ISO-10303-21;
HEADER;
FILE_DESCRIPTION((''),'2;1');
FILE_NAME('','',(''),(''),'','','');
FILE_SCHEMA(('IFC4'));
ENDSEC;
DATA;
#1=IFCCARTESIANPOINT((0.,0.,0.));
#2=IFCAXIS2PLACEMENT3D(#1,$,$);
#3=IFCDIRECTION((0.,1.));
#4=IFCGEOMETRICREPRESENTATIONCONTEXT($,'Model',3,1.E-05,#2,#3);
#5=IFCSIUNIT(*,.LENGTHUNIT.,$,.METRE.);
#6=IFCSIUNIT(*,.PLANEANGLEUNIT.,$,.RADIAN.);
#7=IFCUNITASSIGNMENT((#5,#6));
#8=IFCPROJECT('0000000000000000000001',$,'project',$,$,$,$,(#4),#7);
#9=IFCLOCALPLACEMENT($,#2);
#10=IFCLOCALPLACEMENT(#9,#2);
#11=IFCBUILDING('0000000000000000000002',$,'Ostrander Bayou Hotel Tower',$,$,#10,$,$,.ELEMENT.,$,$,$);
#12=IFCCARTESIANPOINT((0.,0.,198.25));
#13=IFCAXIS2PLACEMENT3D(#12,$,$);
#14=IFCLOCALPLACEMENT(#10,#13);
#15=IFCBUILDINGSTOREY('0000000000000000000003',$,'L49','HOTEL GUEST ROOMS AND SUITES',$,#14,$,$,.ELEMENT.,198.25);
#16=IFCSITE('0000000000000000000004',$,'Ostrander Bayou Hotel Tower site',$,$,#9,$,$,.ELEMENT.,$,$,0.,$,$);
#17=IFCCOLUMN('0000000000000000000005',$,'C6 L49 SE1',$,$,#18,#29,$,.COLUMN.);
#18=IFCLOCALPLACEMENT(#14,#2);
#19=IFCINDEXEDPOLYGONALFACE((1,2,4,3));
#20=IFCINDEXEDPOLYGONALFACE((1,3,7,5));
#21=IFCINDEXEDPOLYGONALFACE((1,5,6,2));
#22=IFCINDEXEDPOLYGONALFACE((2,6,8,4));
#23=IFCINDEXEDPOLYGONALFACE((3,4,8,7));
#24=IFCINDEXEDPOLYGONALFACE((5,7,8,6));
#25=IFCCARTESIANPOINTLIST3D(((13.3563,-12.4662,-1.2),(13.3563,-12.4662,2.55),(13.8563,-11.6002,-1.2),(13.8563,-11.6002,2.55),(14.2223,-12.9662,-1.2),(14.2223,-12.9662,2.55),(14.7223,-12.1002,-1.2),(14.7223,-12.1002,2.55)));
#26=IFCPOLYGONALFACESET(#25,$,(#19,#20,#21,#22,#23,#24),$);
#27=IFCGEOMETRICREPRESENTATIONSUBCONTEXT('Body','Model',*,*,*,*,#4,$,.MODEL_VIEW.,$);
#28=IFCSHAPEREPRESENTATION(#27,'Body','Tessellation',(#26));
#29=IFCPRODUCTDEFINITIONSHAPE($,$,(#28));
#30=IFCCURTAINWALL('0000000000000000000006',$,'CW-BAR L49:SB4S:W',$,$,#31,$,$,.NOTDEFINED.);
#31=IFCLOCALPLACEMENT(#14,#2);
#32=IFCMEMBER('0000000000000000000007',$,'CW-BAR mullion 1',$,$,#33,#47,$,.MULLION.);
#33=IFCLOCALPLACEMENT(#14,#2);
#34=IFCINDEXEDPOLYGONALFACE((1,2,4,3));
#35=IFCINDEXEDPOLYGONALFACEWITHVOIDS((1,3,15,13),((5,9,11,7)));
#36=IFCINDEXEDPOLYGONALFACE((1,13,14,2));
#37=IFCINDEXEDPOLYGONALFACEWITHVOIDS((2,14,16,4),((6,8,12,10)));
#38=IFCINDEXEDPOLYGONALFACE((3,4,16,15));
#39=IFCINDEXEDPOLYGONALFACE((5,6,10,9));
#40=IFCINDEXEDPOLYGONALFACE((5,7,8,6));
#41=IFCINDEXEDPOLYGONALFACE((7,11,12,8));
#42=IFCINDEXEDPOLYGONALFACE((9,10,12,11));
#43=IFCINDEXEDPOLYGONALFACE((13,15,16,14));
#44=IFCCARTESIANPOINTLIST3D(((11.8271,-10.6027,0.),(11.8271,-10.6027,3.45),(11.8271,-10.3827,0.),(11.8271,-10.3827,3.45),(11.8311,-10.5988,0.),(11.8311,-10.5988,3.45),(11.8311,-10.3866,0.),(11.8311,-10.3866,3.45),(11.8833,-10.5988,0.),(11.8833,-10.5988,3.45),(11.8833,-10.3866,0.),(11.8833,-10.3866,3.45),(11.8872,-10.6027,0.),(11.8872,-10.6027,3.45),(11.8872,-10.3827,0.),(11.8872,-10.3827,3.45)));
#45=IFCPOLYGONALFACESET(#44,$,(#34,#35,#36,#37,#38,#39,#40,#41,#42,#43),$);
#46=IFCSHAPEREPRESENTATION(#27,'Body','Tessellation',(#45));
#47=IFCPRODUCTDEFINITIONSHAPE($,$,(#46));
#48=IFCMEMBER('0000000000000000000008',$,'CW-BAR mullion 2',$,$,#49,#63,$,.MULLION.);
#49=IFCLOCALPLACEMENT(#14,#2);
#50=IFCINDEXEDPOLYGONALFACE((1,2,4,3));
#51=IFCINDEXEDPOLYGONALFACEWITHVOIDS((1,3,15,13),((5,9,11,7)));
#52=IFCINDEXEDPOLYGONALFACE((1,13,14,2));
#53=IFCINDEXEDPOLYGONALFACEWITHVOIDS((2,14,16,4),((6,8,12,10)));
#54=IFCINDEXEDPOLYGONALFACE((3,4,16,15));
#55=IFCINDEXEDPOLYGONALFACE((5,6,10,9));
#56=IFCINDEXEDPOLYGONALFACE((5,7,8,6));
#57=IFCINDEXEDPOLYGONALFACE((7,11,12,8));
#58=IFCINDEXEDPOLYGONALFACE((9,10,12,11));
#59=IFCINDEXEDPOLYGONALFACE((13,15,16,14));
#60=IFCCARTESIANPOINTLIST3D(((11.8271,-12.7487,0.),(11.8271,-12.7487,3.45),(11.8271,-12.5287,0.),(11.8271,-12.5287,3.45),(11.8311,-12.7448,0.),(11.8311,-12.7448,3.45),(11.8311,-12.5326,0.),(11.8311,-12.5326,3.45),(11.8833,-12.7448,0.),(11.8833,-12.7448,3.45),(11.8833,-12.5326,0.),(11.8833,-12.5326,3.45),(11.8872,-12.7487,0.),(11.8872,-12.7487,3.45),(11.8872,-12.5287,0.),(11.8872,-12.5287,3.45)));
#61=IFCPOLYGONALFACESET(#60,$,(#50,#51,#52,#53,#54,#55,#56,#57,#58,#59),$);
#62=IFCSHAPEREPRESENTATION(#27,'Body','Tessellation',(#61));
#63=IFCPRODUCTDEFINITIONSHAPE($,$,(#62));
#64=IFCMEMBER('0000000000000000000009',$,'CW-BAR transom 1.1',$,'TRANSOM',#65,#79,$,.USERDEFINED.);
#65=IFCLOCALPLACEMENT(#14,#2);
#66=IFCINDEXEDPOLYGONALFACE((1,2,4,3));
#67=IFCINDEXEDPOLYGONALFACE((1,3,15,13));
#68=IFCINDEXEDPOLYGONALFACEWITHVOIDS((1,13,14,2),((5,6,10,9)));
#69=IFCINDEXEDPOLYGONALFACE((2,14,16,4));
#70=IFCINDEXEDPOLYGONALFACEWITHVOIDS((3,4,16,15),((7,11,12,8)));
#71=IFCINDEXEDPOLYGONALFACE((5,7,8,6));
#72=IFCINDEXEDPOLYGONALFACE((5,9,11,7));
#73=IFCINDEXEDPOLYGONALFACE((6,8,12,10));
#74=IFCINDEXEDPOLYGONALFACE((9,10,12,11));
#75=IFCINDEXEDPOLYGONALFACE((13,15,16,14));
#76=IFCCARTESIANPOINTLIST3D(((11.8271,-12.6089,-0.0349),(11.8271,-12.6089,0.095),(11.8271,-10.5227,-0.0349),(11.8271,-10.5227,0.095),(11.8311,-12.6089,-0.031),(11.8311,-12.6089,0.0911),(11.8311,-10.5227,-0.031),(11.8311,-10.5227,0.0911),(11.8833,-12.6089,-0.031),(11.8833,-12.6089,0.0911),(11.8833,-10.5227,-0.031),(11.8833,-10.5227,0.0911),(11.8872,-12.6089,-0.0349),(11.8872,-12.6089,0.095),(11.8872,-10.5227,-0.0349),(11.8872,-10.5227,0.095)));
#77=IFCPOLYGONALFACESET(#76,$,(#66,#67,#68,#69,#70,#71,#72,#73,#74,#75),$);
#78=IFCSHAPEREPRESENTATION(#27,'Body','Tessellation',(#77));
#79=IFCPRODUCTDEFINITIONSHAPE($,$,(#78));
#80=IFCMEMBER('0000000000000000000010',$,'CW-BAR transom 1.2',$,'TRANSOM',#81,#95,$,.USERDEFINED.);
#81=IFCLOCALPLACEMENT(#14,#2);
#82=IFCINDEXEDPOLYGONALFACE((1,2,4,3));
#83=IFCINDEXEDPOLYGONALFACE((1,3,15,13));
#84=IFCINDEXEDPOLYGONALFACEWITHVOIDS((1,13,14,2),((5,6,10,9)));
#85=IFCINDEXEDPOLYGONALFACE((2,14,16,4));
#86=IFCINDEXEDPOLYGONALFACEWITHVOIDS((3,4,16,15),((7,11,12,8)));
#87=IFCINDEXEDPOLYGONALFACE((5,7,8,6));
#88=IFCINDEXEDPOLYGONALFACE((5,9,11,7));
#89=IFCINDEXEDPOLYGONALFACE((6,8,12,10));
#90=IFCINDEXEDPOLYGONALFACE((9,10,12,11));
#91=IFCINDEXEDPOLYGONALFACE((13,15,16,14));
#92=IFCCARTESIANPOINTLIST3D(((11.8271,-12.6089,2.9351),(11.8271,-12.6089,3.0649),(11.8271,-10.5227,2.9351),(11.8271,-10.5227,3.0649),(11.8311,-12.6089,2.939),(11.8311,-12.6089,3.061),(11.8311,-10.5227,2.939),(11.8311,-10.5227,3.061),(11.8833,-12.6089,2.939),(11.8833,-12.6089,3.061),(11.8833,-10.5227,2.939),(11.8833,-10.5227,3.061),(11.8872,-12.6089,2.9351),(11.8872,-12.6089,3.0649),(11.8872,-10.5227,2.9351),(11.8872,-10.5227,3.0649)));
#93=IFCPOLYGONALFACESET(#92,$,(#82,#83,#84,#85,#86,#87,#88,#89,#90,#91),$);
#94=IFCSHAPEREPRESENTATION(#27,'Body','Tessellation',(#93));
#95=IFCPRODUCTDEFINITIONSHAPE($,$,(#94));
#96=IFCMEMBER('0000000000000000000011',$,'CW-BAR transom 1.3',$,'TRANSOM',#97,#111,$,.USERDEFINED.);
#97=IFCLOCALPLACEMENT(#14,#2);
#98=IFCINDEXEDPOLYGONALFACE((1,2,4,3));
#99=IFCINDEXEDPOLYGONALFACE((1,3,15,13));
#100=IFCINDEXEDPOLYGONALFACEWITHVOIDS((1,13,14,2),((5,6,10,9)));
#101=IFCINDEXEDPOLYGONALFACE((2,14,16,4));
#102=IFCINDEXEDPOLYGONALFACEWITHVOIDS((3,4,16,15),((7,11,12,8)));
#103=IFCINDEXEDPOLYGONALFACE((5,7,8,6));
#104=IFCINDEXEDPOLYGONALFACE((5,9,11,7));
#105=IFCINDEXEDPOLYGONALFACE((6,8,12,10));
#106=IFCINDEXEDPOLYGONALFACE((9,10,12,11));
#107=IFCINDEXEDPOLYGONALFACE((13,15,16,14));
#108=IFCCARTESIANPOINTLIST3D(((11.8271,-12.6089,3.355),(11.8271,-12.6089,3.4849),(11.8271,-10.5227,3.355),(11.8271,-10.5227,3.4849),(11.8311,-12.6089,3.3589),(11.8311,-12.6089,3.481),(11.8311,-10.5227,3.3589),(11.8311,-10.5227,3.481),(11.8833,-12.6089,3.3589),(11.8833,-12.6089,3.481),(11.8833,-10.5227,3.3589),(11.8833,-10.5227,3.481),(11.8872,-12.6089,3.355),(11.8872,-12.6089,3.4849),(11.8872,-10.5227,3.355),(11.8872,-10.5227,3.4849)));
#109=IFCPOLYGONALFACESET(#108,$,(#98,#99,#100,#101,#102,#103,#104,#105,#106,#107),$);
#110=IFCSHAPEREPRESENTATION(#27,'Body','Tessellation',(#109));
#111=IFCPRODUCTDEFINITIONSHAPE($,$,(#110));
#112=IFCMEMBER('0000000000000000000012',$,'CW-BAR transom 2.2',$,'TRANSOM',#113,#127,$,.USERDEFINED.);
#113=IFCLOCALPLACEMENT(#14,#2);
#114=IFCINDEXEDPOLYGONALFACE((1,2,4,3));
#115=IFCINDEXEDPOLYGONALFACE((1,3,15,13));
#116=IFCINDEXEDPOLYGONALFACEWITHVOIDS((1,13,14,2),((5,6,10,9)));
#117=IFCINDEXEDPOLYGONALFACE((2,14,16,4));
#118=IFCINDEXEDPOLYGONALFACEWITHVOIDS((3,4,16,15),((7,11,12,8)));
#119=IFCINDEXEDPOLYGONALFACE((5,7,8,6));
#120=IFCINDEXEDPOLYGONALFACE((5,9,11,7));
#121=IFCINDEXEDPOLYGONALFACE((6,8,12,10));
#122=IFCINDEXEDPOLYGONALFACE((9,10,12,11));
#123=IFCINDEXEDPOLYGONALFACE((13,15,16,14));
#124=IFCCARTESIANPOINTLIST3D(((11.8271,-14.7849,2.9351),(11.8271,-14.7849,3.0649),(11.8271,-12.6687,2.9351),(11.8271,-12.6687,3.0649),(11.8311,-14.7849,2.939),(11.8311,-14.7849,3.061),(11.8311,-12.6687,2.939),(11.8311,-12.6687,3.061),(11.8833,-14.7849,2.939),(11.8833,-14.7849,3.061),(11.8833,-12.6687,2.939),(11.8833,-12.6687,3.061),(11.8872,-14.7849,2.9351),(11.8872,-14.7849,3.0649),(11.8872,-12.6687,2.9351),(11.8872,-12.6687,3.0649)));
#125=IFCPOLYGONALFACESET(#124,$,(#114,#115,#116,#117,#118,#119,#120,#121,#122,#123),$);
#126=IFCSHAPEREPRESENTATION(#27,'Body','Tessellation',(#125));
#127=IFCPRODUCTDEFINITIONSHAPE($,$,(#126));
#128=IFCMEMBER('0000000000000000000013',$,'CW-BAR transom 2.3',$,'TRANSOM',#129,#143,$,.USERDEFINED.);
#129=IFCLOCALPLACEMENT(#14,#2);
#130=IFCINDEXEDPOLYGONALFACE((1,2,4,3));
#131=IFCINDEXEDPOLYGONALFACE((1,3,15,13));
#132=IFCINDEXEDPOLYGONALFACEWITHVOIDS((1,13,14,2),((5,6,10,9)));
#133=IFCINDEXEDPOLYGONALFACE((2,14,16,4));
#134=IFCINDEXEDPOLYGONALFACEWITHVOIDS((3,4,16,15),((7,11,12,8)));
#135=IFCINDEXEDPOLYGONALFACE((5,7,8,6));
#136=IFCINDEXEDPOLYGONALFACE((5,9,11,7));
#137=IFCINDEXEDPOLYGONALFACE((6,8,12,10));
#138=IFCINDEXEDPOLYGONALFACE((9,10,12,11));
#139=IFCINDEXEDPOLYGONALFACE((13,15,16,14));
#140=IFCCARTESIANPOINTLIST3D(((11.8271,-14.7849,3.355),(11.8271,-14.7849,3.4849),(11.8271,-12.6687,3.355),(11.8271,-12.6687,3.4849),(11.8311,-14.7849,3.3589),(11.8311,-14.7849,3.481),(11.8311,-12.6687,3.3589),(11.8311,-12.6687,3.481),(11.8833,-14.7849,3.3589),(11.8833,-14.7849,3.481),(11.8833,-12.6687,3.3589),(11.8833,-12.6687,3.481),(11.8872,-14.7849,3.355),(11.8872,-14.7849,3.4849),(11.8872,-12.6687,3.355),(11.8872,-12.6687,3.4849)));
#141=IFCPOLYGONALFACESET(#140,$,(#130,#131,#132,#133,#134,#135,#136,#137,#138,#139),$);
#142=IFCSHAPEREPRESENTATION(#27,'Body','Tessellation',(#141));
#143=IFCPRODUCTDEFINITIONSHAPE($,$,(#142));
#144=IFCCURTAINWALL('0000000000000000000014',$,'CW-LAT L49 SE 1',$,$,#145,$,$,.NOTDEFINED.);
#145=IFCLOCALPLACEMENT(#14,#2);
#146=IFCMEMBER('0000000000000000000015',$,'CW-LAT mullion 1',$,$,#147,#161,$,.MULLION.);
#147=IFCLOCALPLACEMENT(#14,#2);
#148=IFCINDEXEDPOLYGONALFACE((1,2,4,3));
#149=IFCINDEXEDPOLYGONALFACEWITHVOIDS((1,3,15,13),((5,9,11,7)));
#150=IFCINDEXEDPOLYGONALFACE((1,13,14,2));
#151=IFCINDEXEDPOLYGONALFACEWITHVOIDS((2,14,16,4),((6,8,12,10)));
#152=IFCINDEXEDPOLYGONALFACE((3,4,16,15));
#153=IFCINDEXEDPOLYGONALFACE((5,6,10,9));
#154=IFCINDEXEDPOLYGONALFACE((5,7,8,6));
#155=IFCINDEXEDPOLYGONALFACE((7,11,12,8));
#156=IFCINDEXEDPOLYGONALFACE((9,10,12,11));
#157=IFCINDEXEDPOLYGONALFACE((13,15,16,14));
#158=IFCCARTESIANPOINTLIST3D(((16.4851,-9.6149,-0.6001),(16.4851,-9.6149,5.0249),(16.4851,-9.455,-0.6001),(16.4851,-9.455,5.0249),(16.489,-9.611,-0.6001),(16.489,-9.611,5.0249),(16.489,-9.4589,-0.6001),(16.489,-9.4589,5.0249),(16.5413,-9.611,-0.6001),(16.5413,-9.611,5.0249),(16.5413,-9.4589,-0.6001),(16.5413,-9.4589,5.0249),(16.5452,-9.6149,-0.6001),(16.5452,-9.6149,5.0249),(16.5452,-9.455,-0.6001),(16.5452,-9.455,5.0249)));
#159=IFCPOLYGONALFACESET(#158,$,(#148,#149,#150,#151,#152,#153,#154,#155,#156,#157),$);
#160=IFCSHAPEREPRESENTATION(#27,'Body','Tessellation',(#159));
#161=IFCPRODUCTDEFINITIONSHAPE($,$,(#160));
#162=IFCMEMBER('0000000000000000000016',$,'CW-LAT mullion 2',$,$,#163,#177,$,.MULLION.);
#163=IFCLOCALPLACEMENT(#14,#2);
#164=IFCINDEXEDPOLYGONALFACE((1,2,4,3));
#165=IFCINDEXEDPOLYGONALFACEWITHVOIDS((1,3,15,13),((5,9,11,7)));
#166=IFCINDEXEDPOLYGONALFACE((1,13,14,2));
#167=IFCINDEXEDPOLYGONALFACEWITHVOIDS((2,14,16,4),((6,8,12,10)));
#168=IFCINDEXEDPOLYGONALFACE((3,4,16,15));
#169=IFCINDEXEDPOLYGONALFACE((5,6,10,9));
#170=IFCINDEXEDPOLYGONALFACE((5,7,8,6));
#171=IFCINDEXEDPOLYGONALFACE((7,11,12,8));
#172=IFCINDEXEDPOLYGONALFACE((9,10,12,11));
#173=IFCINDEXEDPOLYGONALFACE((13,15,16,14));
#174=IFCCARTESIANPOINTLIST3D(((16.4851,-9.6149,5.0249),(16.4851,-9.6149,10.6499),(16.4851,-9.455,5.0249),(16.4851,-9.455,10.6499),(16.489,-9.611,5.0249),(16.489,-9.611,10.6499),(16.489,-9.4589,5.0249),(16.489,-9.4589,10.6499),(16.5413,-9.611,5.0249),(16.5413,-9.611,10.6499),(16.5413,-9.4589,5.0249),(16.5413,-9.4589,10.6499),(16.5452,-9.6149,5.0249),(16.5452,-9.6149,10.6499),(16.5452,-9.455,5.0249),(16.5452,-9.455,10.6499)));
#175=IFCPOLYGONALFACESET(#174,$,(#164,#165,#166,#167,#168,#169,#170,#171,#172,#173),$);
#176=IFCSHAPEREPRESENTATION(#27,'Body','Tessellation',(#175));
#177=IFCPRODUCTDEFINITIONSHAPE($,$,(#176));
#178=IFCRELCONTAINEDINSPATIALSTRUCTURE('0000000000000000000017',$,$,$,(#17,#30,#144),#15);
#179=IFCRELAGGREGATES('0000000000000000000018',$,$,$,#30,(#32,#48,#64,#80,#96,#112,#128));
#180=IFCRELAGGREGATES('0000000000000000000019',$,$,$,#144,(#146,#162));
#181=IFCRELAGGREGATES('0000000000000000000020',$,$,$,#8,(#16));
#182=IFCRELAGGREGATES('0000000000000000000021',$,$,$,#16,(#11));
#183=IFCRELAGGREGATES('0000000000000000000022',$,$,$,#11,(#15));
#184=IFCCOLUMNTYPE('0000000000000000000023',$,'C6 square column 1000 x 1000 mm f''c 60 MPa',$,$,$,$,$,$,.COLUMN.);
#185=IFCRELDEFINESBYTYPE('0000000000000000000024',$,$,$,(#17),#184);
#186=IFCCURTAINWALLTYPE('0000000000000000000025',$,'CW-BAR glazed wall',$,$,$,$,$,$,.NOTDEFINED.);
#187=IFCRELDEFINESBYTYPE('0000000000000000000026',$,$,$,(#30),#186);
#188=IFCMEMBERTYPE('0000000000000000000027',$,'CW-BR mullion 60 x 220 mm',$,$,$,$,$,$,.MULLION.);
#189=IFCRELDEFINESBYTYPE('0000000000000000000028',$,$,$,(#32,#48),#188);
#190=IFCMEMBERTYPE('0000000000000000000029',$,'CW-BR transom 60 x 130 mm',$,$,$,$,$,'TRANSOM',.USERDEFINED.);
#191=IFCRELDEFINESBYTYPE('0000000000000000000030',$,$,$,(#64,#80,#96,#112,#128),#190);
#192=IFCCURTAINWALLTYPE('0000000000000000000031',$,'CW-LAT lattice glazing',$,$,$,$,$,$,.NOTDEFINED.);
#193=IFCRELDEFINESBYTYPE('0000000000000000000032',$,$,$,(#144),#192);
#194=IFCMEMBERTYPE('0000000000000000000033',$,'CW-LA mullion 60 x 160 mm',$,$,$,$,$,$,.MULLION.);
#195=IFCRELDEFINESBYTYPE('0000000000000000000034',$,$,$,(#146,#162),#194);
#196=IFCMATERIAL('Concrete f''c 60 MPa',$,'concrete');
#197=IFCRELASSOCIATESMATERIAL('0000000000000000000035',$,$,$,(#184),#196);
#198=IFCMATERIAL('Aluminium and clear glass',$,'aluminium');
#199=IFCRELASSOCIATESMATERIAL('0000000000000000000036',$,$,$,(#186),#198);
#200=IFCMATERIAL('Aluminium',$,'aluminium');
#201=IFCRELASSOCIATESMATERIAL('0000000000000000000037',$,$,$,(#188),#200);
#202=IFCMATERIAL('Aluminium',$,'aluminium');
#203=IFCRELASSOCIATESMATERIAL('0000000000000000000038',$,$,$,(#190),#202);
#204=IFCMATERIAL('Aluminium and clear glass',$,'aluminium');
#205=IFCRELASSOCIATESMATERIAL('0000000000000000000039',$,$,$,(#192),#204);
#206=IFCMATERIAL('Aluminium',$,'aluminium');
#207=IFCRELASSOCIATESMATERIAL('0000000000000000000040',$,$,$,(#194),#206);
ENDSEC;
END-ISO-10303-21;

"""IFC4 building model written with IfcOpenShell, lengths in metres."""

from ifc_helpers import new_model, si_unit, direction, frame, origin, origin_2d, place, context, subcontext, project, spatial, rectangle, hollow_rectangle, extrude, material, material_profile, profile_set, type_object, element, aggregate, save


model = new_model("IFC4")

# Units and contexts
model_context = context("Model", 3, precision=1e-05, world=origin(), true_north=direction((0.0, 1.0)))
body_context = subcontext(model_context, "Body", "Model", "MODEL_VIEW")
ifc_project = project(units=[si_unit("LENGTHUNIT", "METRE"), si_unit("PLANEANGLEUNIT", "RADIAN")], contexts=[model_context])

# Site, building, storey
site_placement = place(None, origin())
site = spatial("IfcSite", under=ifc_project, at=site_placement, Name="Ostrander Bayou Hotel Tower site", CompositionType="ELEMENT", RefElevation=0.0)
building_placement = place(site_placement, origin())
building = spatial("IfcBuilding", under=site, at=building_placement, Name="Ostrander Bayou Hotel Tower", CompositionType="ELEMENT")
storey_placement = place(building_placement, frame((0.0, 0.0, 198.25)))
storey = spatial("IfcBuildingStorey", under=building, at=storey_placement, Name="L49", Description="HOTEL GUEST ROOMS AND SUITES", CompositionType="ELEMENT", Elevation=198.25)

# Column
ifc_material_1 = material(Name="Concrete f'c 60 MPa", Category="concrete")
ifc_material_profile_1 = material_profile(ifc_material_1, rectangle(XDim=1.0, YDim=1.0, at=origin_2d()))
ifc_profile_set_1 = profile_set([ifc_material_profile_1], Name="Concrete f'c 60 MPa")
column_type = type_object("IfcColumnType", Name="C6 square column 1000 x 1000 mm f'c 60 MPa", PredefinedType="COLUMN", material=ifc_profile_set_1)
column_placement = place(storey_placement, frame((14.0393, -12.2832, -1.2), z_axis=(0.0, 0.0, 1.0), x_axis=(-0.5, -0.866025, 0.0)))
element("IfcColumn", 1, at=column_placement, inside=storey, type_object=column_type, Name="C6 L49 SE1", PredefinedType="COLUMN", context=body_context, shape_type="SweptSolid", body=[
    extrude(rectangle(XDim=1.0, YDim=1.0, at=origin_2d()), origin(), (0.0, 0.0, 1.0), 3.75),
])

# Curtain walls, members
ifc_material_2 = material(Name="Aluminium and clear glass", Category="aluminium")
curtain_wall_type_1 = type_object("IfcCurtainWallType", Name="CW-BAR glazed wall", PredefinedType="NOTDEFINED", material=ifc_material_2)
curtain_wall_1_placement = place(storey_placement, origin())
curtain_wall_1 = element("IfcCurtainWall", 2, at=curtain_wall_1_placement, inside=storey, type_object=curtain_wall_type_1, Name="CW-BAR L49:SB4S:W", PredefinedType="NOTDEFINED")
ifc_material_3 = material(Name="Aluminium", Category="aluminium")
ifc_material_profile_2 = material_profile(ifc_material_3, hollow_rectangle(XDim=0.0601, YDim=0.22, WallThickness=0.0039, at=origin_2d()))
ifc_profile_set_2 = profile_set([ifc_material_profile_2], Name="Aluminium")
member_type_1 = type_object("IfcMemberType", Name="CW-BR mullion 60 x 220 mm", PredefinedType="MULLION", material=ifc_profile_set_2)
member_1_placement = place(storey_placement, frame((11.8572, -10.4927, 0.0), z_axis=(0.0, 0.0, 1.0), x_axis=(1.0, 0.0, 0.0)))
member_1 = element("IfcMember", 3, at=member_1_placement, type_object=member_type_1, Name="CW-BAR mullion 1", PredefinedType="MULLION", context=body_context, shape_type="SweptSolid", body=[
    extrude(hollow_rectangle(XDim=0.0601, YDim=0.22, WallThickness=0.0039, at=origin_2d()), origin(), (0.0, 0.0, 1.0), 3.45),
])
member_2_placement = place(storey_placement, frame((11.8572, -12.6387, 0.0), z_axis=(0.0, 0.0, 1.0), x_axis=(1.0, 0.0, 0.0)))
member_2 = element("IfcMember", 4, at=member_2_placement, type_object=member_type_1, Name="CW-BAR mullion 2", PredefinedType="MULLION", context=body_context, shape_type="SweptSolid", body=[
    extrude(hollow_rectangle(XDim=0.0601, YDim=0.22, WallThickness=0.0039, at=origin_2d()), origin(), (0.0, 0.0, 1.0), 3.45),
])
ifc_material_4 = material(Name="Aluminium", Category="aluminium")
ifc_material_profile_3 = material_profile(ifc_material_4, hollow_rectangle(XDim=0.0601, YDim=0.1299, WallThickness=0.0039, at=origin_2d()))
ifc_profile_set_3 = profile_set([ifc_material_profile_3], Name="Aluminium")
member_type_2 = type_object("IfcMemberType", Name="CW-BR transom 60 x 130 mm", ElementType="TRANSOM", PredefinedType="USERDEFINED", material=ifc_profile_set_3)
member_3_placement = place(storey_placement, frame((11.8572, -10.5227, 0.03), z_axis=(0.0, -1.0, 0.0), x_axis=(1.0, 0.0, 0.0)))
member_3 = element("IfcMember", 5, at=member_3_placement, type_object=member_type_2, Name="CW-BAR transom 1.1", ObjectType="TRANSOM", PredefinedType="USERDEFINED", context=body_context, shape_type="SweptSolid", body=[
    extrude(hollow_rectangle(XDim=0.0601, YDim=0.1299, WallThickness=0.0039, at=origin_2d()), origin(), (0.0, 0.0, 1.0), 2.0862),
])
member_4_placement = place(storey_placement, frame((11.8572, -10.5227, 3.0), z_axis=(0.0, -1.0, 0.0), x_axis=(1.0, 0.0, 0.0)))
member_4 = element("IfcMember", 6, at=member_4_placement, type_object=member_type_2, Name="CW-BAR transom 1.2", ObjectType="TRANSOM", PredefinedType="USERDEFINED", context=body_context, shape_type="SweptSolid", body=[
    extrude(hollow_rectangle(XDim=0.0601, YDim=0.1299, WallThickness=0.0039, at=origin_2d()), origin(), (0.0, 0.0, 1.0), 2.0862),
])
member_5_placement = place(storey_placement, frame((11.8572, -10.5227, 3.4199), z_axis=(0.0, -1.0, 0.0), x_axis=(1.0, 0.0, 0.0)))
member_5 = element("IfcMember", 7, at=member_5_placement, type_object=member_type_2, Name="CW-BAR transom 1.3", ObjectType="TRANSOM", PredefinedType="USERDEFINED", context=body_context, shape_type="SweptSolid", body=[
    extrude(hollow_rectangle(XDim=0.0601, YDim=0.1299, WallThickness=0.0039, at=origin_2d()), origin(), (0.0, 0.0, 1.0), 2.0862),
])
member_6_placement = place(storey_placement, frame((11.8572, -12.6687, 3.0), z_axis=(0.0, -1.0, 0.0), x_axis=(1.0, 0.0, 0.0)))
member_6 = element("IfcMember", 8, at=member_6_placement, type_object=member_type_2, Name="CW-BAR transom 2.2", ObjectType="TRANSOM", PredefinedType="USERDEFINED", context=body_context, shape_type="SweptSolid", body=[
    extrude(hollow_rectangle(XDim=0.0601, YDim=0.1299, WallThickness=0.0039, at=origin_2d()), origin(), (0.0, 0.0, 1.0), 2.1162),
])
member_7_placement = place(storey_placement, frame((11.8572, -12.6687, 3.4199), z_axis=(0.0, -1.0, 0.0), x_axis=(1.0, 0.0, 0.0)))
member_7 = element("IfcMember", 9, at=member_7_placement, type_object=member_type_2, Name="CW-BAR transom 2.3", ObjectType="TRANSOM", PredefinedType="USERDEFINED", context=body_context, shape_type="SweptSolid", body=[
    extrude(hollow_rectangle(XDim=0.0601, YDim=0.1299, WallThickness=0.0039, at=origin_2d()), origin(), (0.0, 0.0, 1.0), 2.1162),
])
ifc_material_5 = material(Name="Aluminium and clear glass", Category="aluminium")
curtain_wall_type_2 = type_object("IfcCurtainWallType", Name="CW-LAT lattice glazing", PredefinedType="NOTDEFINED", material=ifc_material_5)
curtain_wall_2_placement = place(storey_placement, origin())
curtain_wall_2 = element("IfcCurtainWall", 10, at=curtain_wall_2_placement, inside=storey, type_object=curtain_wall_type_2, Name="CW-LAT L49 SE 1", PredefinedType="NOTDEFINED")
ifc_material_6 = material(Name="Aluminium", Category="aluminium")
ifc_material_profile_4 = material_profile(ifc_material_6, hollow_rectangle(XDim=0.0601, YDim=0.1599, WallThickness=0.0039, at=origin_2d()))
ifc_profile_set_4 = profile_set([ifc_material_profile_4], Name="Aluminium")
member_type_3 = type_object("IfcMemberType", Name="CW-LA mullion 60 x 160 mm", PredefinedType="MULLION", material=ifc_profile_set_4)
member_8_placement = place(storey_placement, frame((16.5151, -9.5349, -0.6001), z_axis=(0.0, 0.0, 1.0), x_axis=(1.0, 0.0, 0.0)))
member_8 = element("IfcMember", 11, at=member_8_placement, type_object=member_type_3, Name="CW-LAT mullion 1", PredefinedType="MULLION", context=body_context, shape_type="SweptSolid", body=[
    extrude(hollow_rectangle(XDim=0.0601, YDim=0.1599, WallThickness=0.0039, at=origin_2d()), origin(), (0.0, 0.0, 1.0), 5.625),
])
member_9_placement = place(storey_placement, frame((16.5151, -9.5349, 5.0249), z_axis=(0.0, 0.0, 1.0), x_axis=(1.0, 0.0, 0.0)))
member_9 = element("IfcMember", 12, at=member_9_placement, type_object=member_type_3, Name="CW-LAT mullion 2", PredefinedType="MULLION", context=body_context, shape_type="SweptSolid", body=[
    extrude(hollow_rectangle(XDim=0.0601, YDim=0.1599, WallThickness=0.0039, at=origin_2d()), origin(), (0.0, 0.0, 1.0), 5.625),
])

aggregate(curtain_wall_1, [member_1, member_2, member_3, member_4, member_5, member_6, member_7])
aggregate(curtain_wall_2, [member_8, member_9])

save(model, "model.ifc")
